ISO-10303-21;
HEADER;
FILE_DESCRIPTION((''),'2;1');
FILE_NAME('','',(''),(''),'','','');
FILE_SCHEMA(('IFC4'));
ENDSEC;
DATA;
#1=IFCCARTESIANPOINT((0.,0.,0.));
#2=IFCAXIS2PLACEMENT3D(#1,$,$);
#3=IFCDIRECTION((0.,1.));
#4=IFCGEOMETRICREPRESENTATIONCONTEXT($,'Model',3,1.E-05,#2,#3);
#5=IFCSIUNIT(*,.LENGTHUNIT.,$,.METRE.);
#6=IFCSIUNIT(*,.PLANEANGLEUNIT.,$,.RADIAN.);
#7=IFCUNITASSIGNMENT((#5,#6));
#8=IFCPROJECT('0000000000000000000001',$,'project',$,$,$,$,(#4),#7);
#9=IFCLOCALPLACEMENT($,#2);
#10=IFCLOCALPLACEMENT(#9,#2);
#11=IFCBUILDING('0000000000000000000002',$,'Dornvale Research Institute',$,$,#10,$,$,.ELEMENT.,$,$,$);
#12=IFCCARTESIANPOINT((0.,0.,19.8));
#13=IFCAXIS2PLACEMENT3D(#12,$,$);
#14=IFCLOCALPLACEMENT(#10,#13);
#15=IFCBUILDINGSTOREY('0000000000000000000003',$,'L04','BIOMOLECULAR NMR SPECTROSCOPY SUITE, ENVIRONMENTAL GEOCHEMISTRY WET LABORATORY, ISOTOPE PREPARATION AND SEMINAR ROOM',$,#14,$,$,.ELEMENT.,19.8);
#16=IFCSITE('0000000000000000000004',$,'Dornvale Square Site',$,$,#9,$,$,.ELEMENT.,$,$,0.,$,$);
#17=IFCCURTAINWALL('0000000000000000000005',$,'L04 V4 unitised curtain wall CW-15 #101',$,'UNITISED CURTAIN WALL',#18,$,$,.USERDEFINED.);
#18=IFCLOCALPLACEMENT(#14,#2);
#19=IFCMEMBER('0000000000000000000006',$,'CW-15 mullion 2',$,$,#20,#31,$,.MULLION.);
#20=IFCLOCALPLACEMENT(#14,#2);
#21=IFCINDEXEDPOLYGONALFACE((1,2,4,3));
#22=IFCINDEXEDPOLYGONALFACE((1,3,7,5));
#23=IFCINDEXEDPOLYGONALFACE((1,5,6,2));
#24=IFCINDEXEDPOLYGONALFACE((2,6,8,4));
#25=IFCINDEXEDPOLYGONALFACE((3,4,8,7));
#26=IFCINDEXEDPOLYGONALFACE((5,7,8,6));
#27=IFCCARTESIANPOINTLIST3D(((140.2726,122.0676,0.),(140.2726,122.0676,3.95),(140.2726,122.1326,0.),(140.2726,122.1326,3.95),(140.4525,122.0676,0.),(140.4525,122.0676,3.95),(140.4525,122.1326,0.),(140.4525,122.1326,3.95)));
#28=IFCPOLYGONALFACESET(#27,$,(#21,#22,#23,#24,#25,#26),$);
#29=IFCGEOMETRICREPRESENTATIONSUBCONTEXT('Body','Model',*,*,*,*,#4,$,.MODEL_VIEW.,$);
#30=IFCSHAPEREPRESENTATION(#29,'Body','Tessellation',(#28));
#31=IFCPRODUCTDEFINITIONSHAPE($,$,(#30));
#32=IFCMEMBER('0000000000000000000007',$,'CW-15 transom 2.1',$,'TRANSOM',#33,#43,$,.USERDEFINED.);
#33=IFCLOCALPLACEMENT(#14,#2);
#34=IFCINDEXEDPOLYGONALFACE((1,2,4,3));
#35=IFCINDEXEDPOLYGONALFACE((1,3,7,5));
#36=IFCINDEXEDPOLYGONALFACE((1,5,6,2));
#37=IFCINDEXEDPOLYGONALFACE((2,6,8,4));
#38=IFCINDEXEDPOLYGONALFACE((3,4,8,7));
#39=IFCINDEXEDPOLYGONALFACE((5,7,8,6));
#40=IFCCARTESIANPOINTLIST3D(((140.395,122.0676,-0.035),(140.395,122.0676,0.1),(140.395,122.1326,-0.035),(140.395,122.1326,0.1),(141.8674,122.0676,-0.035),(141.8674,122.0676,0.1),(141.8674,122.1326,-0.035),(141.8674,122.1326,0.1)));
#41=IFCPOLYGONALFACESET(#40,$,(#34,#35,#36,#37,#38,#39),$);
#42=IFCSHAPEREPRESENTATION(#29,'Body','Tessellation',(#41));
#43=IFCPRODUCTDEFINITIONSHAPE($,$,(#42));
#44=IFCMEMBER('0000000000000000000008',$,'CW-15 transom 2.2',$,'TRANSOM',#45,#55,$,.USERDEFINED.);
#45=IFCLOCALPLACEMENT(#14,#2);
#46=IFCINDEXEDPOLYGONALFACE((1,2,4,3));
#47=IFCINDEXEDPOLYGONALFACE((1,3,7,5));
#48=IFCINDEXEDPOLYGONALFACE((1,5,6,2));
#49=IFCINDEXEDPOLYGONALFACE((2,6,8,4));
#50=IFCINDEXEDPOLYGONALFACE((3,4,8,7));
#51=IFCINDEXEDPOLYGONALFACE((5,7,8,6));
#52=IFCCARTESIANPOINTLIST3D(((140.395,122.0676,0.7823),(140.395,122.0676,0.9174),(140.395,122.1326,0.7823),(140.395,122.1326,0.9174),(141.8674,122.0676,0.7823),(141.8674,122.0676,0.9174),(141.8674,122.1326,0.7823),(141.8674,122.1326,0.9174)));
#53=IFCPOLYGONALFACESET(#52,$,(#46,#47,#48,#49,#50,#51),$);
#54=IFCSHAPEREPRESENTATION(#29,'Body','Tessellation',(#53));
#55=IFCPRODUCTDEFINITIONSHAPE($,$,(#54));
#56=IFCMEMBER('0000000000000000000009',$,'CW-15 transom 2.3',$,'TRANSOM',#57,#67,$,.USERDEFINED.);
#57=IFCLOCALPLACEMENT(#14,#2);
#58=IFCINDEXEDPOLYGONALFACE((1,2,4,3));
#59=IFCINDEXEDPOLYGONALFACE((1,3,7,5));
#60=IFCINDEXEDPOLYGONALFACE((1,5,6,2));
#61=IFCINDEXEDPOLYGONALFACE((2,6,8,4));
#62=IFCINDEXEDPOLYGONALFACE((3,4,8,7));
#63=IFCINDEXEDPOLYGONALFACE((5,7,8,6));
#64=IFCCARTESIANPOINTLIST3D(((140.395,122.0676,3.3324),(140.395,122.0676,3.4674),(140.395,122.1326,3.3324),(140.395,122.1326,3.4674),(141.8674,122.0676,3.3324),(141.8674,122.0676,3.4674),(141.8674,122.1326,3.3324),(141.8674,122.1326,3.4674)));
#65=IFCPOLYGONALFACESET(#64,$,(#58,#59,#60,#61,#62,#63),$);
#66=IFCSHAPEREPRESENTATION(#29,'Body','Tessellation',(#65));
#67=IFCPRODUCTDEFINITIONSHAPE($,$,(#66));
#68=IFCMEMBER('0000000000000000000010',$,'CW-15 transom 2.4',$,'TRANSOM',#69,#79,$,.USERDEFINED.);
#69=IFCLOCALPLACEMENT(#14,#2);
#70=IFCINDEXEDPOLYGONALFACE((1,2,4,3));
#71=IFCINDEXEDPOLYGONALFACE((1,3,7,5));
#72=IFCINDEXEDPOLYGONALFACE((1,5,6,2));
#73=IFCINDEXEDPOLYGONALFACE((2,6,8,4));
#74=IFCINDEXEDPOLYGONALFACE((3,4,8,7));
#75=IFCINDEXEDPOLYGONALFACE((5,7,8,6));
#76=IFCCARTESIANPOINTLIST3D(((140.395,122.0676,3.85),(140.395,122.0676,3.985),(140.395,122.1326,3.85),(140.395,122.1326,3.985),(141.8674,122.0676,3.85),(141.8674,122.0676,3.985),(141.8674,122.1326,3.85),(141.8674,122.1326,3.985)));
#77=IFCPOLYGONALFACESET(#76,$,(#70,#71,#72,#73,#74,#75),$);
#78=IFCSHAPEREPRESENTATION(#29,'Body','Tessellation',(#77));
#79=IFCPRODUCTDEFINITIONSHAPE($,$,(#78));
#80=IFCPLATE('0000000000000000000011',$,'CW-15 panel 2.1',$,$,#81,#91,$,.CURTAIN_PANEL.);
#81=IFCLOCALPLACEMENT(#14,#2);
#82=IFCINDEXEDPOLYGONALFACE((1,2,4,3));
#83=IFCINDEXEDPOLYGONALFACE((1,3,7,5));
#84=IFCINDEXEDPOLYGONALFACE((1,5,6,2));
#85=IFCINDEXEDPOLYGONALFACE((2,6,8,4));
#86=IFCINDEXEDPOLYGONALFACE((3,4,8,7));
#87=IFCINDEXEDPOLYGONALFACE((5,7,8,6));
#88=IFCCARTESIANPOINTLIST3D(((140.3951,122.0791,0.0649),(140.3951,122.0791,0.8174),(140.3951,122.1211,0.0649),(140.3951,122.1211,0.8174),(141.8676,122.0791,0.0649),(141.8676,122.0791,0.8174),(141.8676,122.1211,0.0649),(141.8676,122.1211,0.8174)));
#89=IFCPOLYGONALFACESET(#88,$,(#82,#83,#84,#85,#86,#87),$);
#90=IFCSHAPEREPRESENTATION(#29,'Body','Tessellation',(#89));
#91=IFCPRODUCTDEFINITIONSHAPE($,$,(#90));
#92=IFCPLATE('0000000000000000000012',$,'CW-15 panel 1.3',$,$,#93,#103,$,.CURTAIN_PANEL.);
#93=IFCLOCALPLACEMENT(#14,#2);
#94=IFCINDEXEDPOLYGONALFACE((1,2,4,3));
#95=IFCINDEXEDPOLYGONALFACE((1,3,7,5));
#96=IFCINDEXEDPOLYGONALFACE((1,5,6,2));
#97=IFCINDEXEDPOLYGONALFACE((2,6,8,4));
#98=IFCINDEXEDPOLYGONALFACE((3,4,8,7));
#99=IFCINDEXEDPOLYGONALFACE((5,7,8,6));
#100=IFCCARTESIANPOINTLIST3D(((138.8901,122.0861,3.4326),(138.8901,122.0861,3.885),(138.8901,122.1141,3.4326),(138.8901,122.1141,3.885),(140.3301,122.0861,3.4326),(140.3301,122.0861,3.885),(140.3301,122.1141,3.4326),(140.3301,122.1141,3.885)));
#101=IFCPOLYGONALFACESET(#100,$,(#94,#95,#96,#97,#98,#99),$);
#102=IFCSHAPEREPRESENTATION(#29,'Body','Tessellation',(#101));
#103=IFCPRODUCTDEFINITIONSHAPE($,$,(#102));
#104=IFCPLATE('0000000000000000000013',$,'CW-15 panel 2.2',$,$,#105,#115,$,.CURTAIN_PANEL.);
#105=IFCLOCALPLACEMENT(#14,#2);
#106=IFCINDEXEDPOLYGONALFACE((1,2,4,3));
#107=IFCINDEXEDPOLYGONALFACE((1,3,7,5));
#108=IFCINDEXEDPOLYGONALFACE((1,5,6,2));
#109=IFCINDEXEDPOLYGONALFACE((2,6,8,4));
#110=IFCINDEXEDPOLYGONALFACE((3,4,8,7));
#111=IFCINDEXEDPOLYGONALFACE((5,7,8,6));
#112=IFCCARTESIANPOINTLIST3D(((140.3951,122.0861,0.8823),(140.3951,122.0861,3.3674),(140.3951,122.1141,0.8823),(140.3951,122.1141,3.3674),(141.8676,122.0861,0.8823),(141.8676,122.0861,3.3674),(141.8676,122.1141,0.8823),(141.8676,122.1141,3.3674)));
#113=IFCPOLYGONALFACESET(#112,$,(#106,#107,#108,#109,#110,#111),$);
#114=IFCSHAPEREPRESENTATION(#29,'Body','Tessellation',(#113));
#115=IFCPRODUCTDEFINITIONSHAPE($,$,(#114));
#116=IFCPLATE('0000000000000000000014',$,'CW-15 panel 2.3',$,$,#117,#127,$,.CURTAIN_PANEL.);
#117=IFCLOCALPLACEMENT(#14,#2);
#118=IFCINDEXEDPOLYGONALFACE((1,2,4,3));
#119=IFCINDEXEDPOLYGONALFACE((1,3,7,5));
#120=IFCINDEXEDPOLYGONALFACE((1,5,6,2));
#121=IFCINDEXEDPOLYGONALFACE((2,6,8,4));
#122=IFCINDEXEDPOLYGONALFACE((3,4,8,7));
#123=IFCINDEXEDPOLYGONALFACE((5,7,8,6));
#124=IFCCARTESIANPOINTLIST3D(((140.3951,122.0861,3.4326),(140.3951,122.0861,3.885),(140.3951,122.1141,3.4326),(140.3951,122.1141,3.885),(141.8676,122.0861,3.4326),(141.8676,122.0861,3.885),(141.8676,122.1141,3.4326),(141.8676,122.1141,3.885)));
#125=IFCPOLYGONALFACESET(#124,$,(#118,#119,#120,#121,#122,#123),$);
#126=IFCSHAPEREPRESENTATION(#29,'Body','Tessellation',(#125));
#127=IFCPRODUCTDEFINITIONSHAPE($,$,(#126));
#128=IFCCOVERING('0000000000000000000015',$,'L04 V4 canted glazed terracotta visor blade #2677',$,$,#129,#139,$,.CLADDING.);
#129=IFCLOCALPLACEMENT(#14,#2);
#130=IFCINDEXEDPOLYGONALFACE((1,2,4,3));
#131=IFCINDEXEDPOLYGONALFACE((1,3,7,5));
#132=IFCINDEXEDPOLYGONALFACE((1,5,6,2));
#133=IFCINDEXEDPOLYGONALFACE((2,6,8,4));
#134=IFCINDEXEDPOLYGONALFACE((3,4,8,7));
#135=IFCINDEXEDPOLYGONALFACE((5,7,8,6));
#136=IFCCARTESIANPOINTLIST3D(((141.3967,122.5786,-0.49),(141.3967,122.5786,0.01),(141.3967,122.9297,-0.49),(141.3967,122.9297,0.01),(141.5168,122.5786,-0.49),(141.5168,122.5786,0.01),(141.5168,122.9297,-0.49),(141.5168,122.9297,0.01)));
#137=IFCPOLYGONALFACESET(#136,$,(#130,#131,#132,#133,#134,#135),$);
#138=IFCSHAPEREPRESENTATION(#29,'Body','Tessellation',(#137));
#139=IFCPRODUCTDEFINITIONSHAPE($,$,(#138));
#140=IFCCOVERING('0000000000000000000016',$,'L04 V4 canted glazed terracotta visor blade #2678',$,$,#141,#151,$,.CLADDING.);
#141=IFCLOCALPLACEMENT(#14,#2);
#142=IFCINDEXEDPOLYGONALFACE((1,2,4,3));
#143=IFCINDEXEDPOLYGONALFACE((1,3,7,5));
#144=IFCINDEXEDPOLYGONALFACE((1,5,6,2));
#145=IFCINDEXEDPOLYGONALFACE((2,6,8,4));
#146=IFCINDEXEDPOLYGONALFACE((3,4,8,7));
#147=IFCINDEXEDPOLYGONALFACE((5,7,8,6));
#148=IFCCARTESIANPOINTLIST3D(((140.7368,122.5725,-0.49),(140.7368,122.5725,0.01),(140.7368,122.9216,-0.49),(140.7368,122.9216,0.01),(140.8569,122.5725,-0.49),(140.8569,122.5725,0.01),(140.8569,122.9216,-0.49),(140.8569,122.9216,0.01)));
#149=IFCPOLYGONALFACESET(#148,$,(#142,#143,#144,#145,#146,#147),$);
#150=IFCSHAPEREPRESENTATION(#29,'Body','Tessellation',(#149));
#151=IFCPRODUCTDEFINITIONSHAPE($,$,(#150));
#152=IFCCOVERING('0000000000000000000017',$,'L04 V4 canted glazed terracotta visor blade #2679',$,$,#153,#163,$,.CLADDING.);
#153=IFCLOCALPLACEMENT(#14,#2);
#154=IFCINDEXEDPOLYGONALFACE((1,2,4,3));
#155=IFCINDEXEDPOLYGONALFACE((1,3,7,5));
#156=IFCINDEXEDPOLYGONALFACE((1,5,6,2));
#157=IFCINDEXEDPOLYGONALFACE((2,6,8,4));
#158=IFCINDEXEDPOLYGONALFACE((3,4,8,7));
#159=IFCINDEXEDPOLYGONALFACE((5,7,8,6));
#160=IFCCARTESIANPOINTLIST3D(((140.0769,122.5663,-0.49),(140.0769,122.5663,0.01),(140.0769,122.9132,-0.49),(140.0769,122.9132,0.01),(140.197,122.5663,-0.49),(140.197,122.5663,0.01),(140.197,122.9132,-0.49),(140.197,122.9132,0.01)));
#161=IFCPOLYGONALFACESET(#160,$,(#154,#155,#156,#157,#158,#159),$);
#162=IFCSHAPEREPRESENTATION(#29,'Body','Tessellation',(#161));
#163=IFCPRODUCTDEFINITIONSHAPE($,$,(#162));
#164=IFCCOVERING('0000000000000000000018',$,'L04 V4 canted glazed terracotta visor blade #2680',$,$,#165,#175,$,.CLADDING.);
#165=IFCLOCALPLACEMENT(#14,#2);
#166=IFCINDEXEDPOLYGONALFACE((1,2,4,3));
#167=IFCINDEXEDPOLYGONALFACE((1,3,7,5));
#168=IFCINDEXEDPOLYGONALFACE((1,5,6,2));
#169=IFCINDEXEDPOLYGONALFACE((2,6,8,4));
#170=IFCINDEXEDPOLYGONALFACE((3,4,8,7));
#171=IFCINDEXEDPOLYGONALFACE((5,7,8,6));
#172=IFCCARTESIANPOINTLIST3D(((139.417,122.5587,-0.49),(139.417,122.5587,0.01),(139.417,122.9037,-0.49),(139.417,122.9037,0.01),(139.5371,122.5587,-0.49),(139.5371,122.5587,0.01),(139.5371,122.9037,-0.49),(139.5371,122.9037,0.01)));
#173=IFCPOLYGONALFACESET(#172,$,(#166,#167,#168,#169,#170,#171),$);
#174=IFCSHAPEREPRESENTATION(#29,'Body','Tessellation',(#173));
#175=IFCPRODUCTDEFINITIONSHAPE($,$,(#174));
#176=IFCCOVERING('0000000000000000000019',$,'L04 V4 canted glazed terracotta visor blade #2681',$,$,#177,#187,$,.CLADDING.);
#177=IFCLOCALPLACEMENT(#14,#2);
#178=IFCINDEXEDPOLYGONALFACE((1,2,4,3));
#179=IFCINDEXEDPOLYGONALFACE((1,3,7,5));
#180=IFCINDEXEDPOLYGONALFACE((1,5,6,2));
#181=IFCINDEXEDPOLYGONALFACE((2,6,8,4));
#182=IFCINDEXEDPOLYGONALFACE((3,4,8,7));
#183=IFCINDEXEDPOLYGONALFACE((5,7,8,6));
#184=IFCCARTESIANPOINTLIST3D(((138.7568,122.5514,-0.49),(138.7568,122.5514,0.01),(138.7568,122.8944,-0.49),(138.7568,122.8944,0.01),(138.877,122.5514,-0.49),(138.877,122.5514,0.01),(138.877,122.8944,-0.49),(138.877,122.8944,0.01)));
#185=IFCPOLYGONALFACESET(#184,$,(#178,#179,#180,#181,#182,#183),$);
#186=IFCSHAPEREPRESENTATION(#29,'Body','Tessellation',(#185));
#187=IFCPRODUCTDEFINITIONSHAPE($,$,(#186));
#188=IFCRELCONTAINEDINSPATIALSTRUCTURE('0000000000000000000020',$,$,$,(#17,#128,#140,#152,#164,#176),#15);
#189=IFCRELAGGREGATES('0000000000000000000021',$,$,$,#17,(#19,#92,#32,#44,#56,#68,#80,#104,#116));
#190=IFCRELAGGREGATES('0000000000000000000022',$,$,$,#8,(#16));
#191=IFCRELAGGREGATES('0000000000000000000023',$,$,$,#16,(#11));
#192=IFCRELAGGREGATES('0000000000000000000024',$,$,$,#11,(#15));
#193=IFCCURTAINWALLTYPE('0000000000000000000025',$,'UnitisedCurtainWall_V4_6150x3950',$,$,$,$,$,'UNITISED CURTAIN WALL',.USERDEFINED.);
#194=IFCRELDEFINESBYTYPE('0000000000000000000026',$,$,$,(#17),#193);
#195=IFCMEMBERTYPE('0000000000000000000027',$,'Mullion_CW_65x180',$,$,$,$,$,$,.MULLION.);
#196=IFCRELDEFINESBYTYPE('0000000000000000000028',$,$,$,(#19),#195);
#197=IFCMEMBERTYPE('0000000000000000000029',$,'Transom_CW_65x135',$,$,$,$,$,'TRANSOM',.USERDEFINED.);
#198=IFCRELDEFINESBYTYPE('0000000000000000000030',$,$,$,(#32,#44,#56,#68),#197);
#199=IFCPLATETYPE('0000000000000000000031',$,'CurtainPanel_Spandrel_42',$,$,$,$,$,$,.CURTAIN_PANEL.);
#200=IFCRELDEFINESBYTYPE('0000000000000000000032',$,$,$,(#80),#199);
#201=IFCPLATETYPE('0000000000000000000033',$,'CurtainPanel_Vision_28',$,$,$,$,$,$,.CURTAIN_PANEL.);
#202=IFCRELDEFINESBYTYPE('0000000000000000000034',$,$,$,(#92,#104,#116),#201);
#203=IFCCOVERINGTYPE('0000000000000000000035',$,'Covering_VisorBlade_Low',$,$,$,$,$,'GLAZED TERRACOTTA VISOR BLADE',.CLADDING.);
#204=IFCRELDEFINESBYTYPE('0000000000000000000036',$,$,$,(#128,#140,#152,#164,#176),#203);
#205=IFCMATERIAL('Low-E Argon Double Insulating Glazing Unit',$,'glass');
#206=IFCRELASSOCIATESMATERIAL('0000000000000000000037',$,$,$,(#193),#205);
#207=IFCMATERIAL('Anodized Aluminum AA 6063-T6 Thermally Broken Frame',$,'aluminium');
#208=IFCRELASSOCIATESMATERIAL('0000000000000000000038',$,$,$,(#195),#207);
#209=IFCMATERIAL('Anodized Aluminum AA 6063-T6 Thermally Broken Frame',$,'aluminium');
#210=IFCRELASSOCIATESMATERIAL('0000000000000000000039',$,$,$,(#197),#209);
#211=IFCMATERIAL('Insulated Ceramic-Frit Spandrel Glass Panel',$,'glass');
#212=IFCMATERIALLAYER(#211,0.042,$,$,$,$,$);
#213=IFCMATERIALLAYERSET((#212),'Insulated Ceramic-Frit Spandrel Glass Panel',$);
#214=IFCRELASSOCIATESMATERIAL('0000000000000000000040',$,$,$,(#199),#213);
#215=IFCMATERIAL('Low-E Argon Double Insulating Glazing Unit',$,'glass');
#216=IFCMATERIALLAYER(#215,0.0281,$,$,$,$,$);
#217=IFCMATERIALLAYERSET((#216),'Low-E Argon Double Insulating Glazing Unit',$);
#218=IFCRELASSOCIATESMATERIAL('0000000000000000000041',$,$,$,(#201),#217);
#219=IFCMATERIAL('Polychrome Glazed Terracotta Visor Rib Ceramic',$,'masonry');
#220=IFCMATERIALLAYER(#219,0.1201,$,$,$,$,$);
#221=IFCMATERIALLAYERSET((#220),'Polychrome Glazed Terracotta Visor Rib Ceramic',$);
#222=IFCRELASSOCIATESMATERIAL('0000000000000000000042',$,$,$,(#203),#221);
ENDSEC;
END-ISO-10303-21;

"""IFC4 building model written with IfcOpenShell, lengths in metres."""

from ifc_helpers import new_model, si_unit, direction, frame, origin, origin_2d, place, context, subcontext, project, spatial, rectangle, extrude, material, layer, layer_set, material_profile, profile_set, type_object, element, aggregate, save


model = new_model("IFC4")

# Units and contexts
model_context = context("Model", 3, precision=1e-05, world=origin(), true_north=direction((0.0, 1.0)))
body_context = subcontext(model_context, "Body", "Model", "MODEL_VIEW")
ifc_project = project(units=[si_unit("LENGTHUNIT", "METRE"), si_unit("PLANEANGLEUNIT", "RADIAN")], contexts=[model_context])

# Site, building, storey
site_placement = place(None, origin())
site = spatial("IfcSite", under=ifc_project, at=site_placement, Name="Dornvale Square Site", CompositionType="ELEMENT", RefElevation=0.0)
building_placement = place(site_placement, origin())
building = spatial("IfcBuilding", under=site, at=building_placement, Name="Dornvale Research Institute", CompositionType="ELEMENT")
storey_placement = place(building_placement, frame((0.0, 0.0, 19.8)))
storey = spatial("IfcBuildingStorey", under=building, at=storey_placement, Name="L04", Description="BIOMOLECULAR NMR SPECTROSCOPY SUITE, ENVIRONMENTAL GEOCHEMISTRY WET LABORATORY, ISOTOPE PREPARATION AND SEMINAR ROOM", CompositionType="ELEMENT", Elevation=19.8)

# Curtain wall, members, plates
ifc_material_1 = material(Name="Low-E Argon Double Insulating Glazing Unit", Category="glass")
curtain_wall_type = type_object("IfcCurtainWallType", Name="UnitisedCurtainWall_V4_6150x3950", ElementType="UNITISED CURTAIN WALL", PredefinedType="USERDEFINED", material=ifc_material_1)
curtain_wall_placement = place(storey_placement, origin())
curtain_wall = element("IfcCurtainWall", 1, at=curtain_wall_placement, inside=storey, type_object=curtain_wall_type, Name="L04 V4 unitised curtain wall CW-15 #101", ObjectType="UNITISED CURTAIN WALL", PredefinedType="USERDEFINED")
ifc_material_2 = material(Name="Anodized Aluminum AA 6063-T6 Thermally Broken Frame", Category="aluminium")
ifc_material_profile_1 = material_profile(ifc_material_2, rectangle(XDim=0.0649, YDim=0.1799, at=origin_2d()), Name="ALU MULLION 65x180")
ifc_profile_set_1 = profile_set([ifc_material_profile_1], Name="Anodized Aluminum AA 6063-T6 Thermally Broken Frame")
member_type_1 = type_object("IfcMemberType", Name="Mullion_CW_65x180", PredefinedType="MULLION", material=ifc_profile_set_1)
member_1_placement = place(storey_placement, frame((140.3625, 122.1001, 0.0), z_axis=(0.0, 0.0, 1.0), x_axis=(0.0, 1.0, 0.0)))
member_1 = element("IfcMember", 2, at=member_1_placement, type_object=member_type_1, Name="CW-15 mullion 2", PredefinedType="MULLION", context=body_context, shape_type="SweptSolid", body=[
    extrude(rectangle(XDim=0.0649, YDim=0.1799, at=origin_2d()), origin(), (0.0, 0.0, 1.0), 3.95),
])
ifc_material_3 = material(Name="Anodized Aluminum AA 6063-T6 Thermally Broken Frame", Category="aluminium")
ifc_material_profile_2 = material_profile(ifc_material_3, rectangle(XDim=0.0649, YDim=0.135, at=origin_2d()), Name="ALU TRANSOM 65x135")
ifc_profile_set_2 = profile_set([ifc_material_profile_2], Name="Anodized Aluminum AA 6063-T6 Thermally Broken Frame")
member_type_2 = type_object("IfcMemberType", Name="Transom_CW_65x135", ElementType="TRANSOM", PredefinedType="USERDEFINED", material=ifc_profile_set_2)
member_2_placement = place(storey_placement, frame((140.395, 122.1001, 0.0325), z_axis=(1.0, 0.0, 0.0), x_axis=(0.0, 1.0, 0.0)))
member_2 = element("IfcMember", 3, at=member_2_placement, type_object=member_type_2, Name="CW-15 transom 2.1", ObjectType="TRANSOM", PredefinedType="USERDEFINED", context=body_context, shape_type="SweptSolid", body=[
    extrude(rectangle(XDim=0.0649, YDim=0.135, at=origin_2d()), origin(), (0.0, 0.0, 1.0), 1.4724),
])
member_3_placement = place(storey_placement, frame((140.395, 122.1001, 0.8499), z_axis=(1.0, 0.0, 0.0), x_axis=(0.0, 1.0, 0.0)))
member_3 = element("IfcMember", 4, at=member_3_placement, type_object=member_type_2, Name="CW-15 transom 2.2", ObjectType="TRANSOM", PredefinedType="USERDEFINED", context=body_context, shape_type="SweptSolid", body=[
    extrude(rectangle(XDim=0.0649, YDim=0.135, at=origin_2d()), origin(), (0.0, 0.0, 1.0), 1.4724),
])
member_4_placement = place(storey_placement, frame((140.395, 122.1001, 3.3999), z_axis=(1.0, 0.0, 0.0), x_axis=(0.0, 1.0, 0.0)))
member_4 = element("IfcMember", 5, at=member_4_placement, type_object=member_type_2, Name="CW-15 transom 2.3", ObjectType="TRANSOM", PredefinedType="USERDEFINED", context=body_context, shape_type="SweptSolid", body=[
    extrude(rectangle(XDim=0.0649, YDim=0.135, at=origin_2d()), origin(), (0.0, 0.0, 1.0), 1.4724),
])
member_5_placement = place(storey_placement, frame((140.395, 122.1001, 3.9175), z_axis=(1.0, 0.0, 0.0), x_axis=(0.0, 1.0, 0.0)))
member_5 = element("IfcMember", 6, at=member_5_placement, type_object=member_type_2, Name="CW-15 transom 2.4", ObjectType="TRANSOM", PredefinedType="USERDEFINED", context=body_context, shape_type="SweptSolid", body=[
    extrude(rectangle(XDim=0.0649, YDim=0.135, at=origin_2d()), origin(), (0.0, 0.0, 1.0), 1.4724),
])
ifc_material_4 = material(Name="Insulated Ceramic-Frit Spandrel Glass Panel", Category="glass")
ifc_layer_1 = layer(ifc_material_4, 0.042)
ifc_layer_set_1 = layer_set([ifc_layer_1], Name="Insulated Ceramic-Frit Spandrel Glass Panel")
plate_type_1 = type_object("IfcPlateType", Name="CurtainPanel_Spandrel_42", PredefinedType="CURTAIN_PANEL", material=ifc_layer_set_1)
plate_1_placement = place(storey_placement, frame((141.1313, 122.1001, 0.0649), z_axis=(0.0, 0.0, 1.0), x_axis=(1.0, 0.0, 0.0)))
plate_1 = element("IfcPlate", 7, at=plate_1_placement, type_object=plate_type_1, Name="CW-15 panel 2.1", PredefinedType="CURTAIN_PANEL", context=body_context, shape_type="SweptSolid", body=[
    extrude(rectangle(XDim=1.4724, YDim=0.042, at=origin_2d()), origin(), (0.0, 0.0, 1.0), 0.7524),
])
ifc_material_5 = material(Name="Low-E Argon Double Insulating Glazing Unit", Category="glass")
ifc_layer_2 = layer(ifc_material_5, 0.0281)
ifc_layer_set_2 = layer_set([ifc_layer_2], Name="Low-E Argon Double Insulating Glazing Unit")
plate_type_2 = type_object("IfcPlateType", Name="CurtainPanel_Vision_28", PredefinedType="CURTAIN_PANEL", material=ifc_layer_set_2)
plate_2_placement = place(storey_placement, frame((139.6101, 122.1001, 3.4326), z_axis=(0.0, 0.0, 1.0), x_axis=(1.0, 0.0, 0.0)))
plate_2 = element("IfcPlate", 8, at=plate_2_placement, type_object=plate_type_2, Name="CW-15 panel 1.3", PredefinedType="CURTAIN_PANEL", context=body_context, shape_type="SweptSolid", body=[
    extrude(rectangle(XDim=1.4399, YDim=0.0281, at=origin_2d()), origin(), (0.0, 0.0, 1.0), 0.4524),
])
plate_3_placement = place(storey_placement, frame((141.1313, 122.1001, 0.8823), z_axis=(0.0, 0.0, 1.0), x_axis=(1.0, 0.0, 0.0)))
plate_3 = element("IfcPlate", 9, at=plate_3_placement, type_object=plate_type_2, Name="CW-15 panel 2.2", PredefinedType="CURTAIN_PANEL", context=body_context, shape_type="SweptSolid", body=[
    extrude(rectangle(XDim=1.4724, YDim=0.0281, at=origin_2d()), origin(), (0.0, 0.0, 1.0), 2.4851),
])
plate_4_placement = place(storey_placement, frame((141.1313, 122.1001, 3.4326), z_axis=(0.0, 0.0, 1.0), x_axis=(1.0, 0.0, 0.0)))
plate_4 = element("IfcPlate", 10, at=plate_4_placement, type_object=plate_type_2, Name="CW-15 panel 2.3", PredefinedType="CURTAIN_PANEL", context=body_context, shape_type="SweptSolid", body=[
    extrude(rectangle(XDim=1.4724, YDim=0.0281, at=origin_2d()), origin(), (0.0, 0.0, 1.0), 0.4524),
])
aggregate(curtain_wall, [member_1, plate_2, member_2, member_3, member_4, member_5, plate_1, plate_3, plate_4])

# Coverings
ifc_material_6 = material(Name="Polychrome Glazed Terracotta Visor Rib Ceramic", Category="masonry")
ifc_layer_3 = layer(ifc_material_6, 0.1201)
ifc_layer_set_3 = layer_set([ifc_layer_3], Name="Polychrome Glazed Terracotta Visor Rib Ceramic")
covering_type = type_object("IfcCoveringType", Name="Covering_VisorBlade_Low", ElementType="GLAZED TERRACOTTA VISOR BLADE", PredefinedType="CLADDING", material=ifc_layer_set_3)
covering_1_placement = place(storey_placement, frame((141.4568, 122.7542, -0.49), z_axis=(0.0, 0.0, 1.0), x_axis=(0.0, 1.0, 0.0)))
element("IfcCovering", 11, at=covering_1_placement, inside=storey, type_object=covering_type, Name="L04 V4 canted glazed terracotta visor blade #2677", PredefinedType="CLADDING", context=body_context, shape_type="SweptSolid", body=[
    extrude(rectangle(XDim=0.3511, YDim=0.1201, at=origin_2d()), origin(), (0.0, 0.0, 1.0), 0.5),
])
covering_2_placement = place(storey_placement, frame((140.7969, 122.7471, -0.49), z_axis=(0.0, 0.0, 1.0), x_axis=(0.0, 1.0, 0.0)))
element("IfcCovering", 12, at=covering_2_placement, inside=storey, type_object=covering_type, Name="L04 V4 canted glazed terracotta visor blade #2678", PredefinedType="CLADDING", context=body_context, shape_type="SweptSolid", body=[
    extrude(rectangle(XDim=0.3491, YDim=0.1201, at=origin_2d()), origin(), (0.0, 0.0, 1.0), 0.5),
])
covering_3_placement = place(storey_placement, frame((140.137, 122.7397, -0.49), z_axis=(0.0, 0.0, 1.0), x_axis=(0.0, 1.0, 0.0)))
element("IfcCovering", 13, at=covering_3_placement, inside=storey, type_object=covering_type, Name="L04 V4 canted glazed terracotta visor blade #2679", PredefinedType="CLADDING", context=body_context, shape_type="SweptSolid", body=[
    extrude(rectangle(XDim=0.3469, YDim=0.1201, at=origin_2d()), origin(), (0.0, 0.0, 1.0), 0.5),
])
covering_4_placement = place(storey_placement, frame((139.4771, 122.7312, -0.49), z_axis=(0.0, 0.0, 1.0), x_axis=(0.0, 1.0, 0.0)))
element("IfcCovering", 14, at=covering_4_placement, inside=storey, type_object=covering_type, Name="L04 V4 canted glazed terracotta visor blade #2680", PredefinedType="CLADDING", context=body_context, shape_type="SweptSolid", body=[
    extrude(rectangle(XDim=0.345, YDim=0.1201, at=origin_2d()), origin(), (0.0, 0.0, 1.0), 0.5),
])
covering_5_placement = place(storey_placement, frame((138.8169, 122.7229, -0.49), z_axis=(0.0, 0.0, 1.0), x_axis=(0.0, 1.0, 0.0)))
element("IfcCovering", 15, at=covering_5_placement, inside=storey, type_object=covering_type, Name="L04 V4 canted glazed terracotta visor blade #2681", PredefinedType="CLADDING", context=body_context, shape_type="SweptSolid", body=[
    extrude(rectangle(XDim=0.343, YDim=0.1201, at=origin_2d()), origin(), (0.0, 0.0, 1.0), 0.5),
])

save(model, "model.ifc")
